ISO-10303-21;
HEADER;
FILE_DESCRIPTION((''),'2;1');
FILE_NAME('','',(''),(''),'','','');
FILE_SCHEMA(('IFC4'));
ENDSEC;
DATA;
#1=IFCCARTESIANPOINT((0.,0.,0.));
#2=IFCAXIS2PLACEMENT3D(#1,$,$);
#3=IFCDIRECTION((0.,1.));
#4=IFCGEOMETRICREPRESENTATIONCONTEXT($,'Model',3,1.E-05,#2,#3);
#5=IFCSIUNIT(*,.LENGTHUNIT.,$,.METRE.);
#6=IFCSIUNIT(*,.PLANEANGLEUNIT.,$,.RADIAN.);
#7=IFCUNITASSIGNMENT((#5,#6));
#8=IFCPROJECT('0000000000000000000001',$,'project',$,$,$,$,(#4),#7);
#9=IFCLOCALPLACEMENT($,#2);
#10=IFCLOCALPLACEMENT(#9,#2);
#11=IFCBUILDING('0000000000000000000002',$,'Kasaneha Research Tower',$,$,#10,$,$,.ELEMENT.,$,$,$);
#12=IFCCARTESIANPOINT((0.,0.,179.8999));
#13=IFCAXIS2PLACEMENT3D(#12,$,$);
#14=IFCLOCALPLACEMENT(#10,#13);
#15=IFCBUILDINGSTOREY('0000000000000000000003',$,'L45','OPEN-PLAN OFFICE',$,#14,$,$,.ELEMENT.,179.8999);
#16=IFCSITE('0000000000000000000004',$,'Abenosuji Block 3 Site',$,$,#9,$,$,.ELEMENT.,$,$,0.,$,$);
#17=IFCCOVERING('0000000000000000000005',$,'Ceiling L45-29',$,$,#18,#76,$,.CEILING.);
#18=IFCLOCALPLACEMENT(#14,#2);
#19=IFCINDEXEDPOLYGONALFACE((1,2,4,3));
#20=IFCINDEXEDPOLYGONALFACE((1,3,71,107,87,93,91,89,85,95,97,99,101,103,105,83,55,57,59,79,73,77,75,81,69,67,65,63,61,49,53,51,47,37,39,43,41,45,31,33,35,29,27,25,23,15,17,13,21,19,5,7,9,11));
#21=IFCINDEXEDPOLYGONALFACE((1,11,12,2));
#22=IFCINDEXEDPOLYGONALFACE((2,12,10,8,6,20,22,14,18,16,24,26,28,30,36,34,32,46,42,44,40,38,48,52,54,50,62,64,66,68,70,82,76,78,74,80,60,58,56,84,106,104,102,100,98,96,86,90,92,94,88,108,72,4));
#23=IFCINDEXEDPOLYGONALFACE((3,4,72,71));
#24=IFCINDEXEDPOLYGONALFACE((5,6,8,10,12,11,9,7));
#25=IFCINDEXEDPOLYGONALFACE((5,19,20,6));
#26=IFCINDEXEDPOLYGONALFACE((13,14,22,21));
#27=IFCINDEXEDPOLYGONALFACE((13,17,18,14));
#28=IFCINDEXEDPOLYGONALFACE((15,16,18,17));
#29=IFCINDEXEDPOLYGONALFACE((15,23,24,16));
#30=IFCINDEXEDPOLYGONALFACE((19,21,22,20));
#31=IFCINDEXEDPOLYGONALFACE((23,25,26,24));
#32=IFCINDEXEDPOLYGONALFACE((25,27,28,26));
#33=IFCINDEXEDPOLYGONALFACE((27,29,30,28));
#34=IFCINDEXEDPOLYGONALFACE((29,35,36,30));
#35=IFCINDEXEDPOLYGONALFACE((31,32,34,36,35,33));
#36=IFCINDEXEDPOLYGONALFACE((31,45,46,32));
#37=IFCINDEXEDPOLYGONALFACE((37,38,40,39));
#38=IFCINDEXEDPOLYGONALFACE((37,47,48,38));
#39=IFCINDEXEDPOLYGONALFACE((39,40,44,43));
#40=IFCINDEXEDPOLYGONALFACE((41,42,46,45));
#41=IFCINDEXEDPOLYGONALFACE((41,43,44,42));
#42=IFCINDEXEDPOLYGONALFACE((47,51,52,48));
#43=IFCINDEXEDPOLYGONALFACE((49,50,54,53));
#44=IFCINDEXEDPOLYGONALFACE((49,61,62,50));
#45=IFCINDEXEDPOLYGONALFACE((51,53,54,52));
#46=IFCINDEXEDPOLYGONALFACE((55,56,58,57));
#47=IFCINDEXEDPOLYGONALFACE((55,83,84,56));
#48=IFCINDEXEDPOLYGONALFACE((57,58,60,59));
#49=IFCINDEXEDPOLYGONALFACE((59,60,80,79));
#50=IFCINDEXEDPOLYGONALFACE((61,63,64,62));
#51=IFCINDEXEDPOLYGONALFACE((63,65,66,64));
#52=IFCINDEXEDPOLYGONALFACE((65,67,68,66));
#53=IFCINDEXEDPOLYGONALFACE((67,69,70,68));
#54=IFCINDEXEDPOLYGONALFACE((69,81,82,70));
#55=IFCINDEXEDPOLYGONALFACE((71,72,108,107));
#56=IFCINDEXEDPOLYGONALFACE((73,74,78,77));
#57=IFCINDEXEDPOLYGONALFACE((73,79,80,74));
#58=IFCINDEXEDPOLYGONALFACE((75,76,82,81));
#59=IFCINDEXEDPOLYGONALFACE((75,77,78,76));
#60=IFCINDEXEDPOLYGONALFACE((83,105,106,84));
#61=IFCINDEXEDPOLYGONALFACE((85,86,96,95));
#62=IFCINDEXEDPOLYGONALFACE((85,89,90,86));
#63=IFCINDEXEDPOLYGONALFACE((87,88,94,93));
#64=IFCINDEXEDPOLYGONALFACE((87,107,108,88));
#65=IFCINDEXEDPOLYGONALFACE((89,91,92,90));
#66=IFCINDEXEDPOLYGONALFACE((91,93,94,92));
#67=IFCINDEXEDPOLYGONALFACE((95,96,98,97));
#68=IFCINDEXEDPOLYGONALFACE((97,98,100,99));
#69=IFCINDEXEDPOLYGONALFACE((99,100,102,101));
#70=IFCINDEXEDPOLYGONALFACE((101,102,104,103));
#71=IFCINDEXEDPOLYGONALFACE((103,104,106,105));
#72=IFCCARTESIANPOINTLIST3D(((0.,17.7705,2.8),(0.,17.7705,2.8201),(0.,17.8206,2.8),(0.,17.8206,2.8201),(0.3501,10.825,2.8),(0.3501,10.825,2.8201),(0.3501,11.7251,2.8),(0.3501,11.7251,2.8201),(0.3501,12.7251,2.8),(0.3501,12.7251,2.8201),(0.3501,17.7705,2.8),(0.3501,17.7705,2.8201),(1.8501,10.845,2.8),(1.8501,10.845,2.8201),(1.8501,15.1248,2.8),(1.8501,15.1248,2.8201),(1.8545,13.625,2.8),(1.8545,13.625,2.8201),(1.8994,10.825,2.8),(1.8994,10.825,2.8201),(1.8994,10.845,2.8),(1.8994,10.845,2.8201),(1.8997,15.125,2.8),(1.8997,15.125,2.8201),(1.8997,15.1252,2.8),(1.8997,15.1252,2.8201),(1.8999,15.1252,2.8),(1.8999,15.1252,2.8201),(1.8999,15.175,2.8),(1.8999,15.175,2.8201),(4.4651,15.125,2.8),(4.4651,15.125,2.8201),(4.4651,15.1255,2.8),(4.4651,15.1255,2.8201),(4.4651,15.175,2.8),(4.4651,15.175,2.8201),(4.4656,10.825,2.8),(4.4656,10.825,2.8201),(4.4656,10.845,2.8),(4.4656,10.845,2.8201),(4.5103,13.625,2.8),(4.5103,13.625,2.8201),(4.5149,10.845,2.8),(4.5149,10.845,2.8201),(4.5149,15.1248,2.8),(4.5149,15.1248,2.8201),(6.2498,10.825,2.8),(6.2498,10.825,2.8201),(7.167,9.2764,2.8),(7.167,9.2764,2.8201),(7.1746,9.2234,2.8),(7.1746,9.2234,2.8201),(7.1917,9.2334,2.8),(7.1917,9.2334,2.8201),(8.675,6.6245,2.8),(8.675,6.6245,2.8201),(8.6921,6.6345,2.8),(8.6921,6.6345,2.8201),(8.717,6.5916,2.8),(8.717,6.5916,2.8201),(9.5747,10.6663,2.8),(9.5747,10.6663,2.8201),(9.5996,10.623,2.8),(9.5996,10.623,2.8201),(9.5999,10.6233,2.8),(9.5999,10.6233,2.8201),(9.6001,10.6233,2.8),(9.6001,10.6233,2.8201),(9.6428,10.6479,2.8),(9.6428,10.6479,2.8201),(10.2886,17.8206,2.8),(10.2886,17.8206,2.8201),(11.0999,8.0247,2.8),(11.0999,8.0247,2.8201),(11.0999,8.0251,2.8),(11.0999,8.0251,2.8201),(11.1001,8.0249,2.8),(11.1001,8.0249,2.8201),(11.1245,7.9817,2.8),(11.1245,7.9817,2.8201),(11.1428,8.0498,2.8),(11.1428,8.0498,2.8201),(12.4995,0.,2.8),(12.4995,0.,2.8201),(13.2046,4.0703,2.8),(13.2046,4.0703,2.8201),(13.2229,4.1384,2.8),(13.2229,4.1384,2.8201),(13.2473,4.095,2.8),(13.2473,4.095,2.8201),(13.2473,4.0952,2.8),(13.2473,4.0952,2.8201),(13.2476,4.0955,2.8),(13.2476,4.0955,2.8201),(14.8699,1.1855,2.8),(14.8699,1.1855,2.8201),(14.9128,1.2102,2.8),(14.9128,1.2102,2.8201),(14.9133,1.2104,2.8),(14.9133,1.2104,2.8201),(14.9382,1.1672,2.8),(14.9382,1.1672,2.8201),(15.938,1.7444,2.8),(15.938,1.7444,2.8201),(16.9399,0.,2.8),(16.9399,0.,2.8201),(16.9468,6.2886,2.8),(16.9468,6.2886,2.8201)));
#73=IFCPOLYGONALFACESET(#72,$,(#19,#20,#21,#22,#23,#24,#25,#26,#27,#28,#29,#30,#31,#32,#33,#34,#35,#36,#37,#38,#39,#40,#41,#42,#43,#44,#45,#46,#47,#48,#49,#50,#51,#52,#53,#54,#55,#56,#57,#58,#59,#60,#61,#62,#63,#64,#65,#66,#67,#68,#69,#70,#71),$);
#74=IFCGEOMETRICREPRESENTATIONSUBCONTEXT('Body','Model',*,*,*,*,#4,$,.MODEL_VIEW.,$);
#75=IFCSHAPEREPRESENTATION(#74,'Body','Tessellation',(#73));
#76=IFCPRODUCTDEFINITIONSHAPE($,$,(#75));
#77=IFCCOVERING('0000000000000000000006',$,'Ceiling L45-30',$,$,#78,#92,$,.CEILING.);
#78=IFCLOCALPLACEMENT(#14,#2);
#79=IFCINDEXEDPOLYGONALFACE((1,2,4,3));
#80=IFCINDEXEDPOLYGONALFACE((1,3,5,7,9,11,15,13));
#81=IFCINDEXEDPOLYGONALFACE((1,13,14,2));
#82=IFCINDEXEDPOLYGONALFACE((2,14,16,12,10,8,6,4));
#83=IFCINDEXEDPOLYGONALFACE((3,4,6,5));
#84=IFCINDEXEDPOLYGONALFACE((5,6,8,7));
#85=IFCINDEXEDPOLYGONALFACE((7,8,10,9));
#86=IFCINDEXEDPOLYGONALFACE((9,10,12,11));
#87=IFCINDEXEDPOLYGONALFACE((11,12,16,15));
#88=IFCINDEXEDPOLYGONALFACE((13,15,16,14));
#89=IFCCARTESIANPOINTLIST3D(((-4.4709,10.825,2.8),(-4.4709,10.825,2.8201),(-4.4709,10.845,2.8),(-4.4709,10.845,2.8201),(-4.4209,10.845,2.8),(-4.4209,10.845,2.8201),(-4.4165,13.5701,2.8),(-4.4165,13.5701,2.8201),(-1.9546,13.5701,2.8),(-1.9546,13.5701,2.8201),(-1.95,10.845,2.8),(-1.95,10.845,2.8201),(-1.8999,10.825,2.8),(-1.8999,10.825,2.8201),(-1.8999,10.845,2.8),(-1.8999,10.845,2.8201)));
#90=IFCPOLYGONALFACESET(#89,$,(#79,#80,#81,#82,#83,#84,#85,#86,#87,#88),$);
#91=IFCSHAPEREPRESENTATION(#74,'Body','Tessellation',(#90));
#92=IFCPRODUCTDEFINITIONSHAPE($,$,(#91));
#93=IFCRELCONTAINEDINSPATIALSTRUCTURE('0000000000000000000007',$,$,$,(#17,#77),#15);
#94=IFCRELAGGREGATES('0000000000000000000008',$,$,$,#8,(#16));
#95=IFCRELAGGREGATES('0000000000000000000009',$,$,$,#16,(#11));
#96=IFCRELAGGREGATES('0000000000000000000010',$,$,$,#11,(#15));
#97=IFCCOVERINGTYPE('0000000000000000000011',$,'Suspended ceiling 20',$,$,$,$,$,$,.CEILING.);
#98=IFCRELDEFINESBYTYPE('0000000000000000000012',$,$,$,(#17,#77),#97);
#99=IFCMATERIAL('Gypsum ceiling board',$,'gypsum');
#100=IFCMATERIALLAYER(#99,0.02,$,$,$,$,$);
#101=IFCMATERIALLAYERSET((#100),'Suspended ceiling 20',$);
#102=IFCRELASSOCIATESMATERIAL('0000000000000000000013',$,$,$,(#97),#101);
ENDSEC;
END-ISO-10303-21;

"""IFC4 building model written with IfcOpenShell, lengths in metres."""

from ifc_helpers import new_model, si_unit, direction, frame, origin, place, context, subcontext, project, spatial, polyline, outline, extrude, material, layer, layer_set, type_object, element, save


model = new_model("IFC4")

# Units and contexts
model_context = context("Model", 3, precision=1e-05, world=origin(), true_north=direction((0.0, 1.0)))
body_context = subcontext(model_context, "Body", "Model", "MODEL_VIEW")
ifc_project = project(units=[si_unit("LENGTHUNIT", "METRE"), si_unit("PLANEANGLEUNIT", "RADIAN")], contexts=[model_context])

# Site, building, storey
site_placement = place(None, origin())
site = spatial("IfcSite", under=ifc_project, at=site_placement, Name="Abenosuji Block 3 Site", CompositionType="ELEMENT", RefElevation=0.0)
building_placement = place(site_placement, origin())
building = spatial("IfcBuilding", under=site, at=building_placement, Name="Kasaneha Research Tower", CompositionType="ELEMENT")
storey_placement = place(building_placement, frame((0.0, 0.0, 179.8999)))
storey = spatial("IfcBuildingStorey", under=building, at=storey_placement, Name="L45", Description="OPEN-PLAN OFFICE", CompositionType="ELEMENT", Elevation=179.8999)

# Coverings
ifc_material_1 = material(Name="Gypsum ceiling board", Category="gypsum")
ifc_layer_1 = layer(ifc_material_1, 0.02)
ifc_layer_set_1 = layer_set([ifc_layer_1], Name="Suspended ceiling 20")
covering_type = type_object("IfcCoveringType", Name="Suspended ceiling 20", PredefinedType="CEILING", material=ifc_layer_set_1)
covering_1_placement = place(storey_placement, frame((0.0, 0.0, 2.8)))
element("IfcCovering", 1, at=covering_1_placement, inside=storey, type_object=covering_type, Name="Ceiling L45-29", PredefinedType="CEILING", context=body_context, shape_type="SweptSolid", body=[
    extrude(outline(polyline([(8.6921, 6.6345), (8.717, 6.5916), (11.1245, 7.9817), (11.0999, 8.0247), (11.1001, 8.0249), (11.0999, 8.0251), (11.1428, 8.0498), (9.6428, 10.6479), (9.6001, 10.6233), (9.5999, 10.6233), (9.5996, 10.623), (9.5747, 10.6663), (7.167, 9.2764), (7.1917, 9.2334), (7.1746, 9.2234), (6.2498, 10.825), (4.4656, 10.825), (4.4656, 10.845), (4.5149, 10.845), (4.5103, 13.625), (4.5149, 15.1248), (4.4651, 15.125), (4.4651, 15.1255), (4.4651, 15.175), (1.8999, 15.175), (1.8999, 15.1252), (1.8997, 15.1252), (1.8997, 15.125), (1.8501, 15.1248), (1.8545, 13.625), (1.8501, 10.845), (1.8994, 10.845), (1.8994, 10.825), (0.3501, 10.825), (0.3501, 11.7251), (0.3501, 12.7251), (0.3501, 17.7705), (0.3501, 17.7705), (0.0, 17.7705), (0.0, 17.8206), (10.2886, 17.8206), (16.9468, 6.2886), (13.2229, 4.1384), (13.2476, 4.0955), (13.2473, 4.0952), (13.2473, 4.095), (13.2046, 4.0703), (14.8699, 1.1855), (14.9128, 1.2102), (14.9128, 1.2102), (14.9133, 1.2104), (14.9382, 1.1672), (15.938, 1.7444), (16.9399, 0.0), (12.4995, 0.0), (8.675, 6.6245), (8.6921, 6.6345)])), origin(), (0.0, 0.0, 1.0), 0.02),
])
covering_2_placement = place(storey_placement, frame((0.0, 0.0, 2.8)))
element("IfcCovering", 2, at=covering_2_placement, inside=storey, type_object=covering_type, Name="Ceiling L45-30", PredefinedType="CEILING", context=body_context, shape_type="SweptSolid", body=[
    extrude(outline(polyline([(-4.4709, 10.825), (-4.4709, 10.845), (-4.4209, 10.845), (-4.4165, 13.5701), (-1.9546, 13.5701), (-1.95, 10.845), (-1.8999, 10.845), (-1.8999, 10.825), (-4.4709, 10.825)])), origin(), (0.0, 0.0, 1.0), 0.02),
])

save(model, "model.ifc")
